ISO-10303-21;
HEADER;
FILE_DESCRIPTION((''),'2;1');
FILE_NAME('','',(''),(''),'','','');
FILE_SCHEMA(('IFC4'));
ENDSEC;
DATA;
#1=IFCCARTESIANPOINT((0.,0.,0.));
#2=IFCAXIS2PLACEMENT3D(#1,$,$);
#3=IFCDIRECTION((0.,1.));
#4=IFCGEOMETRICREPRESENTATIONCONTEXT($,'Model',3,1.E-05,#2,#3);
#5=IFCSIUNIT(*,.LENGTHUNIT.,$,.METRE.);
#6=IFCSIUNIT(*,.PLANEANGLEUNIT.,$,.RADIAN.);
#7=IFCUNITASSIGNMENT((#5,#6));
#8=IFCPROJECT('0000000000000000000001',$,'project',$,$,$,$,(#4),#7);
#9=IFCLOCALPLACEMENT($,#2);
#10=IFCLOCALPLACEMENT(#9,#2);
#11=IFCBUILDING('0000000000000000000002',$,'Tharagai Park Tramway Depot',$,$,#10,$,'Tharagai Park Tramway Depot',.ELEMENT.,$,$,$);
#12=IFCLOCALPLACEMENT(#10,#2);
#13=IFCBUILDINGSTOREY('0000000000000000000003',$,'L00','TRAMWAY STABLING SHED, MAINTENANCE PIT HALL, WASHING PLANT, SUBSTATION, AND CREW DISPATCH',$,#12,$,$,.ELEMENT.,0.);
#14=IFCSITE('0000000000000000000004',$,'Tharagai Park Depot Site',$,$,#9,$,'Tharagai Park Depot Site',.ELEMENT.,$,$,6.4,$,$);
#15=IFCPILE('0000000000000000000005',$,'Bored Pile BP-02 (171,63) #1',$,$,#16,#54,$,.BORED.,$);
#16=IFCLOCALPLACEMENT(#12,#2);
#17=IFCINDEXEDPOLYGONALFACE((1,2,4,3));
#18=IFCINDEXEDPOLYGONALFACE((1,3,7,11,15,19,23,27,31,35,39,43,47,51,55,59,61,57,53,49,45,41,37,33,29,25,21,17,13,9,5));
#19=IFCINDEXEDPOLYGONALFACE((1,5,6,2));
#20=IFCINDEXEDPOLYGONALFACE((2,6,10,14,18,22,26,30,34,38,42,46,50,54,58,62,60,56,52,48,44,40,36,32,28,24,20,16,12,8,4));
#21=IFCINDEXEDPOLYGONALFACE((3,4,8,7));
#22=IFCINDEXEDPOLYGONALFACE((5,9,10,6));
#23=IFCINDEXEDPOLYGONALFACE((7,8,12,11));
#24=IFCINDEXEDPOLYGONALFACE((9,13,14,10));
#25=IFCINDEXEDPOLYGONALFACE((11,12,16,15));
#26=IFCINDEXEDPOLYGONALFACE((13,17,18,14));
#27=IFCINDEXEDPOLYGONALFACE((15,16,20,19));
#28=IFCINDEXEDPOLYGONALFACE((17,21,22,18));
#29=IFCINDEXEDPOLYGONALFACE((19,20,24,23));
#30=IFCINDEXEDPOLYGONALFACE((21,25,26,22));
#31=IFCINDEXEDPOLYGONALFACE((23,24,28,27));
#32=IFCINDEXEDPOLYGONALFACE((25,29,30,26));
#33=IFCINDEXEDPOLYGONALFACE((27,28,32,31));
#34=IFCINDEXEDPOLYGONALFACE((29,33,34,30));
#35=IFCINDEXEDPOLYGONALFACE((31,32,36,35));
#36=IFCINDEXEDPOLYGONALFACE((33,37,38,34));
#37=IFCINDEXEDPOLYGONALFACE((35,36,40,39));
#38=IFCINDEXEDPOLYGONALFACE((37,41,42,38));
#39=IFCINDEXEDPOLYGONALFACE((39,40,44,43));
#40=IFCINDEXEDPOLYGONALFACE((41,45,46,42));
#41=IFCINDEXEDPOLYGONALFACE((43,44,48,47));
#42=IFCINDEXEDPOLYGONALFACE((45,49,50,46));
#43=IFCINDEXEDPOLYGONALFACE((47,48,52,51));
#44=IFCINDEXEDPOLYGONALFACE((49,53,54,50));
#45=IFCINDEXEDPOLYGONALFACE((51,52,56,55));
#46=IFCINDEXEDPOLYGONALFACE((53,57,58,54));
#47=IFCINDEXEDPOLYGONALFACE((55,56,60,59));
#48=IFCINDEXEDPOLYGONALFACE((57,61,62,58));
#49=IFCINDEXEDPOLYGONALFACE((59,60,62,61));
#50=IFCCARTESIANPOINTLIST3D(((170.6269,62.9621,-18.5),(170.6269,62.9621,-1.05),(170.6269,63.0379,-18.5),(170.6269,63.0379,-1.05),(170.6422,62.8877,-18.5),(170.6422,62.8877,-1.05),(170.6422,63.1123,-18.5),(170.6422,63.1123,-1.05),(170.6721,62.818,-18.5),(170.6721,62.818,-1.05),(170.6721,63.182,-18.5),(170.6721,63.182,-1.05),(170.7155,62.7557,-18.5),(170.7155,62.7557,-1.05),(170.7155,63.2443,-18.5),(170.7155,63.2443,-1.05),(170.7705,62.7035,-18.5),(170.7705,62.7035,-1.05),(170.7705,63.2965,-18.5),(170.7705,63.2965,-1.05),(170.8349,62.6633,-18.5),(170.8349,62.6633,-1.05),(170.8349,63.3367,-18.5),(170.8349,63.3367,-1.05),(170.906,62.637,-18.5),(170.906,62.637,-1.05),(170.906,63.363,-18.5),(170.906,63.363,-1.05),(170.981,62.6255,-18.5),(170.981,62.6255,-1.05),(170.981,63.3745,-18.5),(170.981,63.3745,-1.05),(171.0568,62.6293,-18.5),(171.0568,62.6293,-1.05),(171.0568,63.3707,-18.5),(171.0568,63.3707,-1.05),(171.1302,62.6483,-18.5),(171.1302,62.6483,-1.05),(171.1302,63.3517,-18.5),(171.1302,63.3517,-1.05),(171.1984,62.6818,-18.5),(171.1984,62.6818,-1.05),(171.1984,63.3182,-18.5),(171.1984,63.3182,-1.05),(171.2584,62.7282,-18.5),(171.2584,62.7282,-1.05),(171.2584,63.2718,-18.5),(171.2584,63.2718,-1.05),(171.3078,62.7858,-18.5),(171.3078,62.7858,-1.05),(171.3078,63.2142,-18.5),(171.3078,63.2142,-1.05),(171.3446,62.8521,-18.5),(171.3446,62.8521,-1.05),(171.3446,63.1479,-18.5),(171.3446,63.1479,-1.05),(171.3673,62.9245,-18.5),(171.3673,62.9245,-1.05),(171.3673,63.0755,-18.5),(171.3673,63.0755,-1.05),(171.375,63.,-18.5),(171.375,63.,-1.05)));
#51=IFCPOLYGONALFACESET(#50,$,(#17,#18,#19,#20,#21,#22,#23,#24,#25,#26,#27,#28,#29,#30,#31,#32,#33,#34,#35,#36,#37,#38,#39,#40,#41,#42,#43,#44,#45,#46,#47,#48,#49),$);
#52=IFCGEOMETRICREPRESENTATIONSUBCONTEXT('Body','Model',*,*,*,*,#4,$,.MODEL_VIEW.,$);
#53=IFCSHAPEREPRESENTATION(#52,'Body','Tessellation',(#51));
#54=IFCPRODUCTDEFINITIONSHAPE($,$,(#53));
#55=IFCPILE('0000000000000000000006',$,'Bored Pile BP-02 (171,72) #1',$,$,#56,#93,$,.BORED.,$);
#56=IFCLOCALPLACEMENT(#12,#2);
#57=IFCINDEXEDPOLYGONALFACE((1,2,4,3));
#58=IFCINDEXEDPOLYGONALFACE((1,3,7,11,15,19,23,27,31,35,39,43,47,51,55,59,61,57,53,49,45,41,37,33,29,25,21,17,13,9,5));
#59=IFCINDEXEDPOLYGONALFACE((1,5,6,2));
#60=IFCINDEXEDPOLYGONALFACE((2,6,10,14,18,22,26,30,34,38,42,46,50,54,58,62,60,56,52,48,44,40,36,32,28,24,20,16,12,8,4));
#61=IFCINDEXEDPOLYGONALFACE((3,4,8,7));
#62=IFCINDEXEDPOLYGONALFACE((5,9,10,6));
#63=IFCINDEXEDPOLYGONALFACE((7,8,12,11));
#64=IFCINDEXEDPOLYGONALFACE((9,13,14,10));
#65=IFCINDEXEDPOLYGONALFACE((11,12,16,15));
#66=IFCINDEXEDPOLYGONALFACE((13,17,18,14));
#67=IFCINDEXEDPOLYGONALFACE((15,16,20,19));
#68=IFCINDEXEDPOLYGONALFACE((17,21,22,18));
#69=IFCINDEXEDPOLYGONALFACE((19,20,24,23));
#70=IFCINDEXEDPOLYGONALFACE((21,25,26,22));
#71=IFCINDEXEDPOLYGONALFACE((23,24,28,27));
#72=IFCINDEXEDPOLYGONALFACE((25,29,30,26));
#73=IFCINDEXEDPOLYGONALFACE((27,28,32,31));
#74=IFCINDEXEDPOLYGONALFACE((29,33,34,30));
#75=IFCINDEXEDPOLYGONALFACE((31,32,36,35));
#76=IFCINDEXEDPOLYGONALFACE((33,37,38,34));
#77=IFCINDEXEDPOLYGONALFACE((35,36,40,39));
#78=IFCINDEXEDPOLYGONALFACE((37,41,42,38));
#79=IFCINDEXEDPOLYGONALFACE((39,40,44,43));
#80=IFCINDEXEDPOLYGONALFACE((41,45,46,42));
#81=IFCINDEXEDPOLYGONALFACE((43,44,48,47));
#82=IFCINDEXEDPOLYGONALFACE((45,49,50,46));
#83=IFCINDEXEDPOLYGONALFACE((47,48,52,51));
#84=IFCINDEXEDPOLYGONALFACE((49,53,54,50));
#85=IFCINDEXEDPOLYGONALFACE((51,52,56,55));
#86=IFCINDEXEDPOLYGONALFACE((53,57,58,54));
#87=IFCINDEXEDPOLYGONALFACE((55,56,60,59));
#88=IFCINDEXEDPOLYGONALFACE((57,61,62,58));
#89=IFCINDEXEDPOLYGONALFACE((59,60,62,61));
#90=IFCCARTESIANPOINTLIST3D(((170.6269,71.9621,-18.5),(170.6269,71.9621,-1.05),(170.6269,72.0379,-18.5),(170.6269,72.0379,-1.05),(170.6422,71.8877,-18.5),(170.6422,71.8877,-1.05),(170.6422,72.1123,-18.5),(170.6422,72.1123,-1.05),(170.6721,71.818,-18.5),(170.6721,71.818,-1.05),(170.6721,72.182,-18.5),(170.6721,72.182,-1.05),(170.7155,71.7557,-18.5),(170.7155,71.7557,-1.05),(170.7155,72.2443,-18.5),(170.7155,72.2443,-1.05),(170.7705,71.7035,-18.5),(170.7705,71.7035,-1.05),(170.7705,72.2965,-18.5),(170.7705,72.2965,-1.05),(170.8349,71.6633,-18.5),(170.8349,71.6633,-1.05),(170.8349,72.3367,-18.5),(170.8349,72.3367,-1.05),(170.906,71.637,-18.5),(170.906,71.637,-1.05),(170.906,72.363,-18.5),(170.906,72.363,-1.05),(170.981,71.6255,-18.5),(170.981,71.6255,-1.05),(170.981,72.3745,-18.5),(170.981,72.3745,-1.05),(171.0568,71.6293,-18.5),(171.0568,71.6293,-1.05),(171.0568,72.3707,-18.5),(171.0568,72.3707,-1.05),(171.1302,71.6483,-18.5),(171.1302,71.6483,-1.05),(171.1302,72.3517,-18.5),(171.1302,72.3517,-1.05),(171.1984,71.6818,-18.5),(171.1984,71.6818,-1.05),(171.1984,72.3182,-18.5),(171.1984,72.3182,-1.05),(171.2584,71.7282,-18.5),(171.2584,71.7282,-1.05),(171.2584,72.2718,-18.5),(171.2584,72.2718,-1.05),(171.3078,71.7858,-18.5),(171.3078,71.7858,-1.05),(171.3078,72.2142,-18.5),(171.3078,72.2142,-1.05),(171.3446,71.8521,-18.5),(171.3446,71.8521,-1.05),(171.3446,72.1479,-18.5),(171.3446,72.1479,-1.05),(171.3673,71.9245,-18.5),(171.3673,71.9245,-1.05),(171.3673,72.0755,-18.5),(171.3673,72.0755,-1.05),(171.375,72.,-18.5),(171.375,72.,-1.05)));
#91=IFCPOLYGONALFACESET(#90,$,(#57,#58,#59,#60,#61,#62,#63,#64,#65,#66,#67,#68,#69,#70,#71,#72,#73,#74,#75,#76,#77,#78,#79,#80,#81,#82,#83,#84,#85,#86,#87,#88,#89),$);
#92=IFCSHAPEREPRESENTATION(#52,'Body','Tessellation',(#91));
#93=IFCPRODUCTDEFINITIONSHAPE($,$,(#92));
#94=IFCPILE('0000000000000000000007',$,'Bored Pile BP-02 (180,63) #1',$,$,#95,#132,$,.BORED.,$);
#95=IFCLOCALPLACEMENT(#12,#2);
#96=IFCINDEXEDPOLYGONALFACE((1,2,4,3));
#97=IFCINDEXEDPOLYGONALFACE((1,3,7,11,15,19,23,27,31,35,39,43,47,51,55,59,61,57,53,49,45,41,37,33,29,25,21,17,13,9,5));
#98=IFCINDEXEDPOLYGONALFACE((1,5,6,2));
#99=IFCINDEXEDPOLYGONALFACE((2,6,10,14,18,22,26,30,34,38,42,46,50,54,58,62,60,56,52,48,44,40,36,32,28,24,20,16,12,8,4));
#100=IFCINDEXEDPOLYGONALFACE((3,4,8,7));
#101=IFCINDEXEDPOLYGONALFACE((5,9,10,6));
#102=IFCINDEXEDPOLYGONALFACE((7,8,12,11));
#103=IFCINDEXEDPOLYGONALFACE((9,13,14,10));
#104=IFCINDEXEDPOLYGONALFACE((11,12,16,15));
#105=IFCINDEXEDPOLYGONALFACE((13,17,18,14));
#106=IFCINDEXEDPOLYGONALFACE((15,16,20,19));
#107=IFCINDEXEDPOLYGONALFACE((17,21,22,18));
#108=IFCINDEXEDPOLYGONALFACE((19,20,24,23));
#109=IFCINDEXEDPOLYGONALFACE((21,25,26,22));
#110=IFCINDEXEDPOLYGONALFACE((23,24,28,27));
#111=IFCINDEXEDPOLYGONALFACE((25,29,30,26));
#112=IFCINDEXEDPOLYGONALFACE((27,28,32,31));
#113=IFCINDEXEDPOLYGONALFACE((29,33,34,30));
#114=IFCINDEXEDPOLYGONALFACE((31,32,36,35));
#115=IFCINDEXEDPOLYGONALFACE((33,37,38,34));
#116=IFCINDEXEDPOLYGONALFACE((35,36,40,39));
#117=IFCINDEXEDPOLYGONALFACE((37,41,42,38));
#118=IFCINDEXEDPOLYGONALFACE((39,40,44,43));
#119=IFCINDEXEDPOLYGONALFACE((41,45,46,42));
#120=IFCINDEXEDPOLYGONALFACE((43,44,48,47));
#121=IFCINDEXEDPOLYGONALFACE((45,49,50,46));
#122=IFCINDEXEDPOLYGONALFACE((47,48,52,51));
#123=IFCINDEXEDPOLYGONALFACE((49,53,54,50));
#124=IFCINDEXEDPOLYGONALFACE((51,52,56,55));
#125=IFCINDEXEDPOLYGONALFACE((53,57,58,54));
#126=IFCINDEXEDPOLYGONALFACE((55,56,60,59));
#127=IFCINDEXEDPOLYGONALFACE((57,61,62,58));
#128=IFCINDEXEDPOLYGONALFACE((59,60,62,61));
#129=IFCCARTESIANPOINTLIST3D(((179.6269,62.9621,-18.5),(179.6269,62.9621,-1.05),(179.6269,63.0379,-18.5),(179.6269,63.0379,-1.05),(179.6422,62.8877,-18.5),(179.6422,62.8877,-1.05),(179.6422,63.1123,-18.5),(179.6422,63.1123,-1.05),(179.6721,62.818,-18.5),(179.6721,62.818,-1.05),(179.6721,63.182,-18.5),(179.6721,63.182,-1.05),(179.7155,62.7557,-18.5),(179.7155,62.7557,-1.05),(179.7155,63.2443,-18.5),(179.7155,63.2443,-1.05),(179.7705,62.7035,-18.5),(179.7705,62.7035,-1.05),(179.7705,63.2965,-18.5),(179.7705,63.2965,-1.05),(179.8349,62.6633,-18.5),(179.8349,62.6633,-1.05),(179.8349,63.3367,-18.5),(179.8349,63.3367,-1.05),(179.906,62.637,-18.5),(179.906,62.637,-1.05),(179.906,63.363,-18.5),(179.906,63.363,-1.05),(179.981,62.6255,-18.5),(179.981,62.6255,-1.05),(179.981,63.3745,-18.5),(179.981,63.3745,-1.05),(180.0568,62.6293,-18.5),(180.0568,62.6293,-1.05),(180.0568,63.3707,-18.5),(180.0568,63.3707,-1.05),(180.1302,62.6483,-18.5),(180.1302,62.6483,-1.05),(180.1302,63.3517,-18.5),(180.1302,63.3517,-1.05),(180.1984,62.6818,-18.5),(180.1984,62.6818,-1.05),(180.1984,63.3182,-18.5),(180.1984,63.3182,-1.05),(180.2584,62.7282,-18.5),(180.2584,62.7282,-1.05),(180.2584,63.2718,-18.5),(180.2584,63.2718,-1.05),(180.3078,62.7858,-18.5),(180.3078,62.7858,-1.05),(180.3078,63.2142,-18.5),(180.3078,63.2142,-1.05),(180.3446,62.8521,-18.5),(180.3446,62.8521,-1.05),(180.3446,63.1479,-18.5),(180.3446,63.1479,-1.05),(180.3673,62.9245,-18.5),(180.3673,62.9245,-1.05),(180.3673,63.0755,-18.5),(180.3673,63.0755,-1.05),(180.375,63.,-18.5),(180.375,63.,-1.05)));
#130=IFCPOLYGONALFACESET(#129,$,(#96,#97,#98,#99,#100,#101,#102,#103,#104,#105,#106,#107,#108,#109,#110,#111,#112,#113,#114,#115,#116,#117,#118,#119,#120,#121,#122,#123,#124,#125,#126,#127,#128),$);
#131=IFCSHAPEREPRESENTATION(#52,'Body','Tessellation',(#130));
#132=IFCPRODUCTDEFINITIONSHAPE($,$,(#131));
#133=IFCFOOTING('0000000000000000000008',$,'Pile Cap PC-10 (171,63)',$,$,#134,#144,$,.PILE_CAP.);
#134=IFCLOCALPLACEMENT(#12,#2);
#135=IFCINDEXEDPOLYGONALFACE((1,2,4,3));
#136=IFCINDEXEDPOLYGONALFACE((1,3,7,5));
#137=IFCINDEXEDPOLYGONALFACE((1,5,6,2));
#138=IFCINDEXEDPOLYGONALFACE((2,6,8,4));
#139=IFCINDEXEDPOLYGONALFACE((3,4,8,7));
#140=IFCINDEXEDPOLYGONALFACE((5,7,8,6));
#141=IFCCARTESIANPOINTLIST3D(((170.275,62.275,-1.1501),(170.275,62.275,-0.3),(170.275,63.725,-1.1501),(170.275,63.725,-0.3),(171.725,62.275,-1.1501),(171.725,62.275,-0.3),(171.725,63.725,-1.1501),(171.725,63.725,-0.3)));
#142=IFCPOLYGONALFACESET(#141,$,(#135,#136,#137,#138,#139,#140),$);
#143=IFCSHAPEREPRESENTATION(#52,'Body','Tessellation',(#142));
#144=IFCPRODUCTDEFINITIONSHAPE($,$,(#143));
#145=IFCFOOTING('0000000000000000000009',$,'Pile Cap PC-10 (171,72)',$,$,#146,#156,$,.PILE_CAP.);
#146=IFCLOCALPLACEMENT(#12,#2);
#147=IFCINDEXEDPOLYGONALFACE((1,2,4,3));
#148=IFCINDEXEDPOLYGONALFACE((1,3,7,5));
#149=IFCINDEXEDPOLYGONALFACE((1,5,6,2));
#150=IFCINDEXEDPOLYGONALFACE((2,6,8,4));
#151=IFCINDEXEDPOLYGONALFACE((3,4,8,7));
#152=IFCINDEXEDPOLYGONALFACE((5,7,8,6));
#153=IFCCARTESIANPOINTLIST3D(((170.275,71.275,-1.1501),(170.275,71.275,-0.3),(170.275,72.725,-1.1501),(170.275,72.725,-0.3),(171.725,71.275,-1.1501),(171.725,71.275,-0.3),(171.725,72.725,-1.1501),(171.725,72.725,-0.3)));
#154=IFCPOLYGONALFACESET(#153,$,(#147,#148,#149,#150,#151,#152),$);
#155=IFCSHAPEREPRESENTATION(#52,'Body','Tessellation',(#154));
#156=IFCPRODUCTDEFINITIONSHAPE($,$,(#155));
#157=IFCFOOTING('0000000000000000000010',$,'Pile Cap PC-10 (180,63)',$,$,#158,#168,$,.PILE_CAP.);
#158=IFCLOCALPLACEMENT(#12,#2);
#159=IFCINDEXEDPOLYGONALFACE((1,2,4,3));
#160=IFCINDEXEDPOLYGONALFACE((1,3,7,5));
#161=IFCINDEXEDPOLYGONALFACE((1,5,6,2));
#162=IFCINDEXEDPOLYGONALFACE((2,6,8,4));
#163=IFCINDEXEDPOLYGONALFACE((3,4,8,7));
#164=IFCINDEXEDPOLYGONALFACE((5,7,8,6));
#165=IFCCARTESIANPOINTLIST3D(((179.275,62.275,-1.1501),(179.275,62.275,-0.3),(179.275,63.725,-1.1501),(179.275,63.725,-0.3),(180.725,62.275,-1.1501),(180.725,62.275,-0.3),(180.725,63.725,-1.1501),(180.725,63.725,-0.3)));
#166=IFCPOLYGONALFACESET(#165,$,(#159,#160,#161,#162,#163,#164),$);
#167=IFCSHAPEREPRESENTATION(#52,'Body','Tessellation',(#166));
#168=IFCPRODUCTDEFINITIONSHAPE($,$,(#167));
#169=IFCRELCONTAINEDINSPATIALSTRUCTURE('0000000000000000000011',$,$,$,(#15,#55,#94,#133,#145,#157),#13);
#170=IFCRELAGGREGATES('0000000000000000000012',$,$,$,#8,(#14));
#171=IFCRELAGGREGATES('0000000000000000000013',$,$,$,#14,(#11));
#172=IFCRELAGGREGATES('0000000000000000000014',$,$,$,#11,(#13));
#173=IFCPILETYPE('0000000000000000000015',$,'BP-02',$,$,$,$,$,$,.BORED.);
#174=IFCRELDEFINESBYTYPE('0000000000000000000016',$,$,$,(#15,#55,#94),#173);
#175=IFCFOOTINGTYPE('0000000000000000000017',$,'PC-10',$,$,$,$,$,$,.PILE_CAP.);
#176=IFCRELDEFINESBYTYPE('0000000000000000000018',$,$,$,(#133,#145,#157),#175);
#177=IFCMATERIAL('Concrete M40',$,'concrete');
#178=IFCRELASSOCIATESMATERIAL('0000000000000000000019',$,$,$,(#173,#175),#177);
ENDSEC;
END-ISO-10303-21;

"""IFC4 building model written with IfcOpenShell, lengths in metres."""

from ifc_helpers import new_model, si_unit, direction, frame, origin, origin_2d, place, context, subcontext, project, spatial, rectangle, circle, extrude, material, material_profile, profile_set, type_object, element, save


model = new_model("IFC4")

# Units and contexts
model_context = context("Model", 3, precision=1e-05, world=origin(), true_north=direction((0.0, 1.0)))
body_context = subcontext(model_context, "Body", "Model", "MODEL_VIEW")
ifc_project = project(units=[si_unit("LENGTHUNIT", "METRE"), si_unit("PLANEANGLEUNIT", "RADIAN")], contexts=[model_context])

# Site, building, storey
site_placement = place(None, origin())
site = spatial("IfcSite", under=ifc_project, at=site_placement, Name="Tharagai Park Depot Site", LongName="Tharagai Park Depot Site", CompositionType="ELEMENT", RefElevation=6.4)
building_placement = place(site_placement, origin())
building = spatial("IfcBuilding", under=site, at=building_placement, Name="Tharagai Park Tramway Depot", LongName="Tharagai Park Tramway Depot", CompositionType="ELEMENT")
storey_placement = place(building_placement, origin())
storey = spatial("IfcBuildingStorey", under=building, at=storey_placement, Name="L00", Description="TRAMWAY STABLING SHED, MAINTENANCE PIT HALL, WASHING PLANT, SUBSTATION, AND CREW DISPATCH", CompositionType="ELEMENT", Elevation=0.0)

# Piles
ifc_material_1 = material(Name="Concrete M40", Category="concrete")
ifc_material_profile_1 = material_profile(ifc_material_1, circle(Radius=0.375, at=origin_2d()), Name="PILE D750")
ifc_profile_set_1 = profile_set([ifc_material_profile_1], Name="Concrete M40")
pile_type = type_object("IfcPileType", Name="BP-02", PredefinedType="BORED", material=ifc_profile_set_1)
for number, where, z_axis, x_axis, name in (
    (1, (171.0, 63.0, -1.05), (0.0, 0.0, -1.0), (1.0, 0.0, 0.0), "Bored Pile BP-02 (171,63) #1"),
    (2, (171.0, 72.0, -1.05), (0.0, 0.0, -1.0), (1.0, 0.0, 0.0), "Bored Pile BP-02 (171,72) #1"),
    (3, (180.0, 63.0, -1.05), (0.0, 0.0, -1.0), (1.0, 0.0, 0.0), "Bored Pile BP-02 (180,63) #1"),
):
    element("IfcPile", number, at=place(storey_placement, frame(where, z_axis=z_axis, x_axis=x_axis)), inside=storey, type_object=pile_type, Name=name, PredefinedType="BORED", context=body_context, shape_type="SweptSolid", body=[
        extrude(circle(Radius=0.375, at=origin_2d()), origin(), (0.0, 0.0, 1.0), 17.45),
    ])

# Footings
footing_type = type_object("IfcFootingType", Name="PC-10", PredefinedType="PILE_CAP", material=ifc_material_1)
for number, where, z_axis, x_axis, name in (
    (4, (171.0, 63.0, -1.1501), (0.0, 0.0, 1.0), (1.0, 0.0, 0.0), "Pile Cap PC-10 (171,63)"),
    (5, (171.0, 72.0, -1.1501), (0.0, 0.0, 1.0), (1.0, 0.0, 0.0), "Pile Cap PC-10 (171,72)"),
    (6, (180.0, 63.0, -1.1501), (0.0, 0.0, 1.0), (1.0, 0.0, 0.0), "Pile Cap PC-10 (180,63)"),
):
    element("IfcFooting", number, at=place(storey_placement, frame(where, z_axis=z_axis, x_axis=x_axis)), inside=storey, type_object=footing_type, Name=name, PredefinedType="PILE_CAP", context=body_context, shape_type="SweptSolid", body=[
        extrude(rectangle(XDim=1.45, YDim=1.45, at=origin_2d()), origin(), (0.0, 0.0, 1.0), 0.8501),
    ])

save(model, "model.ifc")
